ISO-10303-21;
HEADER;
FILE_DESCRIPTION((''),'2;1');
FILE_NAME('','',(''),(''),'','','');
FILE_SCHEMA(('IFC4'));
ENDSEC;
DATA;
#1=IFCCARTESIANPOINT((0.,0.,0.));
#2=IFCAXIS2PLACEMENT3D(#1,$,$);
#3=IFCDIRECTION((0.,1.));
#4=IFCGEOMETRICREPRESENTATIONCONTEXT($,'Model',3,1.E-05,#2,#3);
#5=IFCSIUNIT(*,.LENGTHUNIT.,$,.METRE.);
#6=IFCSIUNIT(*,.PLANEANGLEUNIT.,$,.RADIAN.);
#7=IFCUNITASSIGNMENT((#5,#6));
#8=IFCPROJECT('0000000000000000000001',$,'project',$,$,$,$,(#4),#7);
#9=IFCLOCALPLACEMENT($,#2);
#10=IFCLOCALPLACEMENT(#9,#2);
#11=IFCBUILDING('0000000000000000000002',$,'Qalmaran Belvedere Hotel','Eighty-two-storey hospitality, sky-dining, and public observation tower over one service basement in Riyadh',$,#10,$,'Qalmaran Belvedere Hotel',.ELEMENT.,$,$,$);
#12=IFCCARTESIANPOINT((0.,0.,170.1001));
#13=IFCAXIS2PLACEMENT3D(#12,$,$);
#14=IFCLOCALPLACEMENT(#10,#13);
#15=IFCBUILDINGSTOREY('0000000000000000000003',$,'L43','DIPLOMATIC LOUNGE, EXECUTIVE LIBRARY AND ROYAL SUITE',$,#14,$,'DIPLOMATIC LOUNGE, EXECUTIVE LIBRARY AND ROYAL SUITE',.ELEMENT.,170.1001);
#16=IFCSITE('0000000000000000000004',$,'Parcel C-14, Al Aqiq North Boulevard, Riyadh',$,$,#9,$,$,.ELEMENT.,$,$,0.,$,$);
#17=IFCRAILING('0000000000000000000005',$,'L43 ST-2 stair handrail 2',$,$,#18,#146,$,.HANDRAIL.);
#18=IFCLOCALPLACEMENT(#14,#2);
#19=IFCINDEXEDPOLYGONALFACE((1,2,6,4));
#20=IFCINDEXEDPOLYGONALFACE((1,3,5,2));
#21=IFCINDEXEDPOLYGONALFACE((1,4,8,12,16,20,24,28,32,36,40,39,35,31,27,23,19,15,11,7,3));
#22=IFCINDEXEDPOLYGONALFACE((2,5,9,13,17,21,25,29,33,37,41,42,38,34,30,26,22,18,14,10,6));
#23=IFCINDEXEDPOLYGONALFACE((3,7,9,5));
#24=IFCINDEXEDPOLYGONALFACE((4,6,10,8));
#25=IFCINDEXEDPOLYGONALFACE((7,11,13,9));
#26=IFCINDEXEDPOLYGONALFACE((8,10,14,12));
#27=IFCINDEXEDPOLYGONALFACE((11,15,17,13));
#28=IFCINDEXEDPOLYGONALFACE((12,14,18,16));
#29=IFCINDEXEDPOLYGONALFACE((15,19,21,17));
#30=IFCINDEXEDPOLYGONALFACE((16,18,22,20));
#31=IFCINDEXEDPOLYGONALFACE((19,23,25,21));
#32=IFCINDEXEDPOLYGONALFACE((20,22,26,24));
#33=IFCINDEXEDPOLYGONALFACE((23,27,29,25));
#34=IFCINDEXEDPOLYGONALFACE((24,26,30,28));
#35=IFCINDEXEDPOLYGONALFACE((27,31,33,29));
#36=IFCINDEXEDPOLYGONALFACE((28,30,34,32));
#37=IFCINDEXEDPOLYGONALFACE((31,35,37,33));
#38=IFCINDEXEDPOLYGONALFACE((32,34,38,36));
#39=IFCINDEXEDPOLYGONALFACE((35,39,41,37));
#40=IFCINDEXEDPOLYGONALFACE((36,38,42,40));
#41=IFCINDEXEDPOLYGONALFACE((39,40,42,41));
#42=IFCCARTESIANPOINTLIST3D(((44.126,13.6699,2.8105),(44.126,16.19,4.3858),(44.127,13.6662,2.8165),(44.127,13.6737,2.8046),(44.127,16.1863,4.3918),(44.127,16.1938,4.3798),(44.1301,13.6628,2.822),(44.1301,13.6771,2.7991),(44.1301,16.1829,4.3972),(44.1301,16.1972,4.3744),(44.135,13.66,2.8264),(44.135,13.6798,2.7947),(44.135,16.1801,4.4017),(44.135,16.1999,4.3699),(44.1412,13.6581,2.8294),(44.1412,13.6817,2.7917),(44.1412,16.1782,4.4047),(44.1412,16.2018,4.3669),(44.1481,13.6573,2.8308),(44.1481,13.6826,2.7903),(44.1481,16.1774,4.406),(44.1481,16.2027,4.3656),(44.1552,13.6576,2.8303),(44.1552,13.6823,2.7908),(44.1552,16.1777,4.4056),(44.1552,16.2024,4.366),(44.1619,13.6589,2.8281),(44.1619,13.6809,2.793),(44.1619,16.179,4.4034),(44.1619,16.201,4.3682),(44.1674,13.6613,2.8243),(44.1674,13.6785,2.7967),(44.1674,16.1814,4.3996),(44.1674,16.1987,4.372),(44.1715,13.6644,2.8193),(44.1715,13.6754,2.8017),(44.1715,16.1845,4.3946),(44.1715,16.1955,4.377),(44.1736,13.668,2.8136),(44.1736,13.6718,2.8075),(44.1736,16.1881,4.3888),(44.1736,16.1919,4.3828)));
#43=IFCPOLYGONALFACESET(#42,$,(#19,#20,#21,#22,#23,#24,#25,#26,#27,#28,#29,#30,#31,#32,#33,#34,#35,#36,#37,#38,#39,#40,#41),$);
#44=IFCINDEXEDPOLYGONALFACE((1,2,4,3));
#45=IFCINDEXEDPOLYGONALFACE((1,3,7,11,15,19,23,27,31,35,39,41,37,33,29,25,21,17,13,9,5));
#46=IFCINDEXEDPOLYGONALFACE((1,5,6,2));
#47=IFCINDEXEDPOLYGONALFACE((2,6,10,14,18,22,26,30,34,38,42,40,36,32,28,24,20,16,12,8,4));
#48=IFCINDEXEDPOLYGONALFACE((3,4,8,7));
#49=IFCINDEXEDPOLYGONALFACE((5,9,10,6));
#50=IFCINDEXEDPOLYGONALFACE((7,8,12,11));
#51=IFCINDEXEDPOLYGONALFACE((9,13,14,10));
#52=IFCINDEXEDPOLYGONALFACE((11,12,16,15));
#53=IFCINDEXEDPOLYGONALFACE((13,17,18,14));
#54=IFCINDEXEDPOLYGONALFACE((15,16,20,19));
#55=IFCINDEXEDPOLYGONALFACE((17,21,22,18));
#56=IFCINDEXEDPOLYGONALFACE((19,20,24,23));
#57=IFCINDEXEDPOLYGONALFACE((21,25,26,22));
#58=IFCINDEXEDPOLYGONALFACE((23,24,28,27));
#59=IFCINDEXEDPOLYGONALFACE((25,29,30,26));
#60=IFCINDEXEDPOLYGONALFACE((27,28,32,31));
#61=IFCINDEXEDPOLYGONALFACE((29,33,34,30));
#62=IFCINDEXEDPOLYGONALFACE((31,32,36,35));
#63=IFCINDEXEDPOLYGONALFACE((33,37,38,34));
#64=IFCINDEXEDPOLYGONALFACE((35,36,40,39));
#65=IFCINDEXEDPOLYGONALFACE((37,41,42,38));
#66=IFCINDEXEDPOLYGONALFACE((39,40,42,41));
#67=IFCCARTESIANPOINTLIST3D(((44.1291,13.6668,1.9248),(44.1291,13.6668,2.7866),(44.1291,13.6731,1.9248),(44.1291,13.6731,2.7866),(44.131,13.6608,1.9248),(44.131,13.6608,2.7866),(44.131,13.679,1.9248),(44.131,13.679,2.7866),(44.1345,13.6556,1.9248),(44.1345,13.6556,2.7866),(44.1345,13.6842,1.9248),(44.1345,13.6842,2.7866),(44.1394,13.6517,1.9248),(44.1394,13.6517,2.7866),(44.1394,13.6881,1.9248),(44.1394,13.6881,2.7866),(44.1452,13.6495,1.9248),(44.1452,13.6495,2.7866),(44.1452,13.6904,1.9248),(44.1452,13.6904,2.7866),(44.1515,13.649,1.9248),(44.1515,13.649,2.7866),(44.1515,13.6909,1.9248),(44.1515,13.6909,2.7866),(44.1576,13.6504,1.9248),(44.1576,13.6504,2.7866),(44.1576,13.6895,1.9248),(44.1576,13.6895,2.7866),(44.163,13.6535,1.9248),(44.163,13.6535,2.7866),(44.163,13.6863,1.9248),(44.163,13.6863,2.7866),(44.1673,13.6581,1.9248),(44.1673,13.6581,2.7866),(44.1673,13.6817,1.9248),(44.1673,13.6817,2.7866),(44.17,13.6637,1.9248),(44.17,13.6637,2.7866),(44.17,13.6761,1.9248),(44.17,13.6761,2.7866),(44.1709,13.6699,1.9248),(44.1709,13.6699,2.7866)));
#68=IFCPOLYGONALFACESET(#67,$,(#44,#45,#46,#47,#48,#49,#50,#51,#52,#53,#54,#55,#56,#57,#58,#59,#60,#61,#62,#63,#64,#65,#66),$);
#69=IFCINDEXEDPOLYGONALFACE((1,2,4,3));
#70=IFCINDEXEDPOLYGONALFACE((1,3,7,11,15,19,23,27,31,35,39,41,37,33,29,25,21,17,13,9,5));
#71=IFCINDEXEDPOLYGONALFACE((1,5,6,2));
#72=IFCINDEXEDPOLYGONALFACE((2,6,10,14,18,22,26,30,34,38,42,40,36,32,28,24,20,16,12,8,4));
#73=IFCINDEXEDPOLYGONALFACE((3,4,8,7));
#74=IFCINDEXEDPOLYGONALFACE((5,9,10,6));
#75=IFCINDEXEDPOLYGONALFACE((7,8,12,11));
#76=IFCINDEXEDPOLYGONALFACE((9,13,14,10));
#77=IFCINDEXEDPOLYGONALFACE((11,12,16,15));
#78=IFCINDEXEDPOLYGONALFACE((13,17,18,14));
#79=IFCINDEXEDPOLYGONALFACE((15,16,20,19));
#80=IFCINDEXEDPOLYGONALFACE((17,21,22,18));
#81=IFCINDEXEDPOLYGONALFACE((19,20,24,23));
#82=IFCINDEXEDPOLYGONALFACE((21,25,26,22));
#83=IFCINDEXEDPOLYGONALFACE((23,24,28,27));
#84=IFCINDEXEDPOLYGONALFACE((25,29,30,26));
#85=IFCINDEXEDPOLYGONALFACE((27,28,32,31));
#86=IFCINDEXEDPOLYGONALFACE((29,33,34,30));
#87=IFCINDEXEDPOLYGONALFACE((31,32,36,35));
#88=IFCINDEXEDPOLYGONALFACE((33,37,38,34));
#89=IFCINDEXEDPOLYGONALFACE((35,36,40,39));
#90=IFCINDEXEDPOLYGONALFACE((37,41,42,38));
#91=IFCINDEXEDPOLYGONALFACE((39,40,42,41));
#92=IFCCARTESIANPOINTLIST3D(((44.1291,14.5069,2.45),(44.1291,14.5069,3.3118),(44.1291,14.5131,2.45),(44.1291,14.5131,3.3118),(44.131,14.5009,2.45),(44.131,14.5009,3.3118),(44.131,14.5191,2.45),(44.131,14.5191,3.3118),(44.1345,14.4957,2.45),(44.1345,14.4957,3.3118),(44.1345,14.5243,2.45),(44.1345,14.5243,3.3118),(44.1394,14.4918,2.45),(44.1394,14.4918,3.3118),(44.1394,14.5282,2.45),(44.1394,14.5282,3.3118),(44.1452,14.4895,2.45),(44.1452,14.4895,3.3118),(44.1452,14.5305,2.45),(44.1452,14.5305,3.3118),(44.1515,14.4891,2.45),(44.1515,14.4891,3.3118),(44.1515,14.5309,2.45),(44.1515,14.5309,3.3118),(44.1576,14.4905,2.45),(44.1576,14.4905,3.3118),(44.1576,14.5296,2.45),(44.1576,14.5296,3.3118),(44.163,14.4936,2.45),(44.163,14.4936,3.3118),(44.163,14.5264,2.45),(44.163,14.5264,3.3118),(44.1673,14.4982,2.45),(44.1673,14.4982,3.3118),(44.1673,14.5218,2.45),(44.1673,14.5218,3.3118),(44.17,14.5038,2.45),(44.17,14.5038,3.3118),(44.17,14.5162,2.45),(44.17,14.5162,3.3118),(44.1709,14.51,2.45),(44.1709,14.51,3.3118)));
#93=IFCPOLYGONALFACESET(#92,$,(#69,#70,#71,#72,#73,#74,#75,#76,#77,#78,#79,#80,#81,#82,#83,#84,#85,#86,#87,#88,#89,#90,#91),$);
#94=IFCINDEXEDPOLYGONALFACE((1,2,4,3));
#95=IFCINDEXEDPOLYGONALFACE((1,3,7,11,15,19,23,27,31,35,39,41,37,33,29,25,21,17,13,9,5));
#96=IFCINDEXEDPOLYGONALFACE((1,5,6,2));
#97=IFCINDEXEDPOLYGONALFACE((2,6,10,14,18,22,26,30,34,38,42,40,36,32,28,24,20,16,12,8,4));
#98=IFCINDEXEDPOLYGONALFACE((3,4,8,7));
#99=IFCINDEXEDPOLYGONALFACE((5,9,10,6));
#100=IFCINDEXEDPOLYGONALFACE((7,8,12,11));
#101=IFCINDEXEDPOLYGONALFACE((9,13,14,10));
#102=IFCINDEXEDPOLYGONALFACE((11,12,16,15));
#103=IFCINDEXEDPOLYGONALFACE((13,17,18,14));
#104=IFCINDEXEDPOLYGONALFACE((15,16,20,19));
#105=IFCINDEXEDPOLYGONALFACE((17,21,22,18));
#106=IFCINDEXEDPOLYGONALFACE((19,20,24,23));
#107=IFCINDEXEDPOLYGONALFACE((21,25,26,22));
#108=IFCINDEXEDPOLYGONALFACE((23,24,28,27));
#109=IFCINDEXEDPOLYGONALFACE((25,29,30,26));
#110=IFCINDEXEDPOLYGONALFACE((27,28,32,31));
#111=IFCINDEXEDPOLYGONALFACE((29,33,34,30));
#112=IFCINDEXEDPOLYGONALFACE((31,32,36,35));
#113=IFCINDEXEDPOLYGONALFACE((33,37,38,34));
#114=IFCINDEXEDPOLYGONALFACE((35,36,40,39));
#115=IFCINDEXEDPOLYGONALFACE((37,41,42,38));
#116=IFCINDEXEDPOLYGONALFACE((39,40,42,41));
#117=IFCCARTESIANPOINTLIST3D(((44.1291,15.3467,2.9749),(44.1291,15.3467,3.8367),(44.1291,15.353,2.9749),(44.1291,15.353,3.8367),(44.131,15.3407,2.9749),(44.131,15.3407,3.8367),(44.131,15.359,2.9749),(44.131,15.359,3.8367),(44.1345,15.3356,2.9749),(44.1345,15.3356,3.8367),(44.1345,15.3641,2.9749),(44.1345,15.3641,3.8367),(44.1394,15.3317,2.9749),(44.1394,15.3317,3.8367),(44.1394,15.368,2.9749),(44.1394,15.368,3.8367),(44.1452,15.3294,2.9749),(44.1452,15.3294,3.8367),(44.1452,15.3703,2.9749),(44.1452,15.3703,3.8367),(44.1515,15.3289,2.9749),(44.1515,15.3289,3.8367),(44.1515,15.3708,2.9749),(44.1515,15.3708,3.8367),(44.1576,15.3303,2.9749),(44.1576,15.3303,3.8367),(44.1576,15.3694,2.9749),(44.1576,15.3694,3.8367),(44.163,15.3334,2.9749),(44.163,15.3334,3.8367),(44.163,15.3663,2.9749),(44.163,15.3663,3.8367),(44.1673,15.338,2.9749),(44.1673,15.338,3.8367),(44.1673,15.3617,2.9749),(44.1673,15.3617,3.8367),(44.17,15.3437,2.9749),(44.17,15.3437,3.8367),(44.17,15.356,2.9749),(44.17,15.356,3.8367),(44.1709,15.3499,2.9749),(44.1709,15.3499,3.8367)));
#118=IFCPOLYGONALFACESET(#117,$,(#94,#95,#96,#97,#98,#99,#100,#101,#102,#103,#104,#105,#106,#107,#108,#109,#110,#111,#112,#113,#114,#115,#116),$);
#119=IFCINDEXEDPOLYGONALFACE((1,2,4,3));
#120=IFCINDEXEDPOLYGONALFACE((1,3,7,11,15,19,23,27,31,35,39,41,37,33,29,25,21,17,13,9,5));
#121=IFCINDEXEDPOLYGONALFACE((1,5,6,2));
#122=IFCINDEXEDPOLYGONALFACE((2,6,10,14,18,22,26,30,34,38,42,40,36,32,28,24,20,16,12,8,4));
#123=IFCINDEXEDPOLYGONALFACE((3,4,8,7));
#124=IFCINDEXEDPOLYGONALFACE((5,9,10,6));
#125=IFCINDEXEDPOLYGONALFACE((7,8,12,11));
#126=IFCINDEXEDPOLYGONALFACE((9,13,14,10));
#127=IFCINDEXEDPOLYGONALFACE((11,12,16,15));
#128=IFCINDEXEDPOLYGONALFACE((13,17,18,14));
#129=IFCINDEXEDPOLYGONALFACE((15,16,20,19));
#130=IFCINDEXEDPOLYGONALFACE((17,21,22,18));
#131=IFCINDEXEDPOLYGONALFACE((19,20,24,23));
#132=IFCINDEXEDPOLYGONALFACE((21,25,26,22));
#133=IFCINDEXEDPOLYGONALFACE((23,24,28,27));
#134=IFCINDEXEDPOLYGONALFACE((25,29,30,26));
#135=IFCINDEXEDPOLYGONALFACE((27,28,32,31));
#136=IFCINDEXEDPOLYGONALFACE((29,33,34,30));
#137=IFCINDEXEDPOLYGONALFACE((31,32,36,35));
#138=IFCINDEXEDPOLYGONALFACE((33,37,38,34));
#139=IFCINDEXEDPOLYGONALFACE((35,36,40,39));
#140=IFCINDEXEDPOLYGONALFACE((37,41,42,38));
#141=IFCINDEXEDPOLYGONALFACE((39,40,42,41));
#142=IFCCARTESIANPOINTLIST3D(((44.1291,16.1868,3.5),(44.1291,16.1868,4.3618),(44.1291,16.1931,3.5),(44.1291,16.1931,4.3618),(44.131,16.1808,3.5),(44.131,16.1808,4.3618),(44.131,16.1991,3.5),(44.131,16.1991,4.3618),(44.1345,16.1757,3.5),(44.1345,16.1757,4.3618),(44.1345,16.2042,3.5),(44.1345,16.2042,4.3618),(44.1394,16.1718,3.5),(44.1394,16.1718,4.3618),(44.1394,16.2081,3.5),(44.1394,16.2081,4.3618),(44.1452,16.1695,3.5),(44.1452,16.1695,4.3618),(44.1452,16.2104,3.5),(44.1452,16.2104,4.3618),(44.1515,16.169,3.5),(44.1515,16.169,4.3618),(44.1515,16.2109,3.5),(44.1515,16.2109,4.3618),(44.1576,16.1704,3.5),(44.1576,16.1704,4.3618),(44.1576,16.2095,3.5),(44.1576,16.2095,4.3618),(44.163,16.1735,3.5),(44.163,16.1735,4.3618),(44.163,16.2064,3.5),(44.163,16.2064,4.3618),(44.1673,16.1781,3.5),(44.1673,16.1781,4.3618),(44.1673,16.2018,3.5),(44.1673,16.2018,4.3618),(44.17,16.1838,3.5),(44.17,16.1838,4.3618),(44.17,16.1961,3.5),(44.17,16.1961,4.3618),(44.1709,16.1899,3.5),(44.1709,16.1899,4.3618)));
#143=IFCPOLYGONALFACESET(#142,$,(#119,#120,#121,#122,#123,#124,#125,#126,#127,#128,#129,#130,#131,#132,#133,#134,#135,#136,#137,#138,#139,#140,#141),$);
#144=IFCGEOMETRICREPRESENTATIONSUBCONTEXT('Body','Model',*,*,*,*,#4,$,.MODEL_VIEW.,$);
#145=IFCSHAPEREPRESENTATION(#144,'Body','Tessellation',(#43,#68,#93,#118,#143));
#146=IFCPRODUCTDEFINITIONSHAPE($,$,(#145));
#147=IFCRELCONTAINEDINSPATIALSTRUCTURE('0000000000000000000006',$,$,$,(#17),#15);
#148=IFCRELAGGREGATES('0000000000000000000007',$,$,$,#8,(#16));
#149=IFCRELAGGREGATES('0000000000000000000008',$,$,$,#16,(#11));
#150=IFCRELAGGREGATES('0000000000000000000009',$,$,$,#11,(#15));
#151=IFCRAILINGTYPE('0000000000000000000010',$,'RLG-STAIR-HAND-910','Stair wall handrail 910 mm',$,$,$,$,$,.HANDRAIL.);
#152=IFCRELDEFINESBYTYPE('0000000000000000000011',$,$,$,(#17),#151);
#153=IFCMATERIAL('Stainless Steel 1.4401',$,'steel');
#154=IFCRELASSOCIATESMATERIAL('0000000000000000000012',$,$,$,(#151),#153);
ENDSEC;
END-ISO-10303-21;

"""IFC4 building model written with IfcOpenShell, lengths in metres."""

from ifc_helpers import new_model, si_unit, direction, frame, origin, origin_2d, place, context, subcontext, project, spatial, circle, extrude, material, type_object, element, save


model = new_model("IFC4")

# Units and contexts
model_context = context("Model", 3, precision=1e-05, world=origin(), true_north=direction((0.0, 1.0)))
body_context = subcontext(model_context, "Body", "Model", "MODEL_VIEW")
ifc_project = project(units=[si_unit("LENGTHUNIT", "METRE"), si_unit("PLANEANGLEUNIT", "RADIAN")], contexts=[model_context])

# Site, building, storey
site_placement = place(None, origin())
site = spatial("IfcSite", under=ifc_project, at=site_placement, Name="Parcel C-14, Al Aqiq North Boulevard, Riyadh", CompositionType="ELEMENT", RefElevation=0.0)
building_placement = place(site_placement, origin())
building = spatial("IfcBuilding", under=site, at=building_placement, Name="Qalmaran Belvedere Hotel", Description="Eighty-two-storey hospitality, sky-dining, and public observation tower over one service basement in Riyadh", LongName="Qalmaran Belvedere Hotel", CompositionType="ELEMENT")
storey_placement = place(building_placement, frame((0.0, 0.0, 170.1001)))
storey = spatial("IfcBuildingStorey", under=building, at=storey_placement, Name="L43", Description="DIPLOMATIC LOUNGE, EXECUTIVE LIBRARY AND ROYAL SUITE", LongName="DIPLOMATIC LOUNGE, EXECUTIVE LIBRARY AND ROYAL SUITE", CompositionType="ELEMENT", Elevation=170.1001)

# Railing
ifc_material_1 = material(Name="Stainless Steel 1.4401", Category="steel")
railing_type_1 = type_object("IfcRailingType", Name="RLG-STAIR-HAND-910", Description="Stair wall handrail 910 mm", PredefinedType="HANDRAIL", material=ifc_material_1)
railing_1_placement = place(storey_placement, frame((44.1499, 13.6699, 1.9248)))
element("IfcRailing", 1, at=railing_1_placement, inside=storey, type_object=railing_type_1, Name="L43 ST-2 stair handrail 2", PredefinedType="HANDRAIL", context=body_context, shape_type="SweptSolid", body=[
    extrude(circle(Radius=0.0239, at=origin_2d()), frame((0.0, 0.0, 0.8857), z_axis=(0.0, 0.847971, 0.530043), x_axis=(-1.0, 0.0, 0.0)), (0.0, 0.0, 1.0), 2.9719),
    extrude(circle(Radius=0.021, at=origin_2d()), origin(), (0.0, 0.0, 1.0), 0.8618),
    extrude(circle(Radius=0.021, at=origin_2d()), frame((0.0, 0.8401, 0.5251)), (0.0, 0.0, 1.0), 0.8618),
    extrude(circle(Radius=0.021, at=origin_2d()), frame((0.0, 1.6799, 1.05)), (0.0, 0.0, 1.0), 0.8618),
    extrude(circle(Radius=0.021, at=origin_2d()), frame((0.0, 2.52, 1.5752)), (0.0, 0.0, 1.0), 0.8618),
])

save(model, "model.ifc")
